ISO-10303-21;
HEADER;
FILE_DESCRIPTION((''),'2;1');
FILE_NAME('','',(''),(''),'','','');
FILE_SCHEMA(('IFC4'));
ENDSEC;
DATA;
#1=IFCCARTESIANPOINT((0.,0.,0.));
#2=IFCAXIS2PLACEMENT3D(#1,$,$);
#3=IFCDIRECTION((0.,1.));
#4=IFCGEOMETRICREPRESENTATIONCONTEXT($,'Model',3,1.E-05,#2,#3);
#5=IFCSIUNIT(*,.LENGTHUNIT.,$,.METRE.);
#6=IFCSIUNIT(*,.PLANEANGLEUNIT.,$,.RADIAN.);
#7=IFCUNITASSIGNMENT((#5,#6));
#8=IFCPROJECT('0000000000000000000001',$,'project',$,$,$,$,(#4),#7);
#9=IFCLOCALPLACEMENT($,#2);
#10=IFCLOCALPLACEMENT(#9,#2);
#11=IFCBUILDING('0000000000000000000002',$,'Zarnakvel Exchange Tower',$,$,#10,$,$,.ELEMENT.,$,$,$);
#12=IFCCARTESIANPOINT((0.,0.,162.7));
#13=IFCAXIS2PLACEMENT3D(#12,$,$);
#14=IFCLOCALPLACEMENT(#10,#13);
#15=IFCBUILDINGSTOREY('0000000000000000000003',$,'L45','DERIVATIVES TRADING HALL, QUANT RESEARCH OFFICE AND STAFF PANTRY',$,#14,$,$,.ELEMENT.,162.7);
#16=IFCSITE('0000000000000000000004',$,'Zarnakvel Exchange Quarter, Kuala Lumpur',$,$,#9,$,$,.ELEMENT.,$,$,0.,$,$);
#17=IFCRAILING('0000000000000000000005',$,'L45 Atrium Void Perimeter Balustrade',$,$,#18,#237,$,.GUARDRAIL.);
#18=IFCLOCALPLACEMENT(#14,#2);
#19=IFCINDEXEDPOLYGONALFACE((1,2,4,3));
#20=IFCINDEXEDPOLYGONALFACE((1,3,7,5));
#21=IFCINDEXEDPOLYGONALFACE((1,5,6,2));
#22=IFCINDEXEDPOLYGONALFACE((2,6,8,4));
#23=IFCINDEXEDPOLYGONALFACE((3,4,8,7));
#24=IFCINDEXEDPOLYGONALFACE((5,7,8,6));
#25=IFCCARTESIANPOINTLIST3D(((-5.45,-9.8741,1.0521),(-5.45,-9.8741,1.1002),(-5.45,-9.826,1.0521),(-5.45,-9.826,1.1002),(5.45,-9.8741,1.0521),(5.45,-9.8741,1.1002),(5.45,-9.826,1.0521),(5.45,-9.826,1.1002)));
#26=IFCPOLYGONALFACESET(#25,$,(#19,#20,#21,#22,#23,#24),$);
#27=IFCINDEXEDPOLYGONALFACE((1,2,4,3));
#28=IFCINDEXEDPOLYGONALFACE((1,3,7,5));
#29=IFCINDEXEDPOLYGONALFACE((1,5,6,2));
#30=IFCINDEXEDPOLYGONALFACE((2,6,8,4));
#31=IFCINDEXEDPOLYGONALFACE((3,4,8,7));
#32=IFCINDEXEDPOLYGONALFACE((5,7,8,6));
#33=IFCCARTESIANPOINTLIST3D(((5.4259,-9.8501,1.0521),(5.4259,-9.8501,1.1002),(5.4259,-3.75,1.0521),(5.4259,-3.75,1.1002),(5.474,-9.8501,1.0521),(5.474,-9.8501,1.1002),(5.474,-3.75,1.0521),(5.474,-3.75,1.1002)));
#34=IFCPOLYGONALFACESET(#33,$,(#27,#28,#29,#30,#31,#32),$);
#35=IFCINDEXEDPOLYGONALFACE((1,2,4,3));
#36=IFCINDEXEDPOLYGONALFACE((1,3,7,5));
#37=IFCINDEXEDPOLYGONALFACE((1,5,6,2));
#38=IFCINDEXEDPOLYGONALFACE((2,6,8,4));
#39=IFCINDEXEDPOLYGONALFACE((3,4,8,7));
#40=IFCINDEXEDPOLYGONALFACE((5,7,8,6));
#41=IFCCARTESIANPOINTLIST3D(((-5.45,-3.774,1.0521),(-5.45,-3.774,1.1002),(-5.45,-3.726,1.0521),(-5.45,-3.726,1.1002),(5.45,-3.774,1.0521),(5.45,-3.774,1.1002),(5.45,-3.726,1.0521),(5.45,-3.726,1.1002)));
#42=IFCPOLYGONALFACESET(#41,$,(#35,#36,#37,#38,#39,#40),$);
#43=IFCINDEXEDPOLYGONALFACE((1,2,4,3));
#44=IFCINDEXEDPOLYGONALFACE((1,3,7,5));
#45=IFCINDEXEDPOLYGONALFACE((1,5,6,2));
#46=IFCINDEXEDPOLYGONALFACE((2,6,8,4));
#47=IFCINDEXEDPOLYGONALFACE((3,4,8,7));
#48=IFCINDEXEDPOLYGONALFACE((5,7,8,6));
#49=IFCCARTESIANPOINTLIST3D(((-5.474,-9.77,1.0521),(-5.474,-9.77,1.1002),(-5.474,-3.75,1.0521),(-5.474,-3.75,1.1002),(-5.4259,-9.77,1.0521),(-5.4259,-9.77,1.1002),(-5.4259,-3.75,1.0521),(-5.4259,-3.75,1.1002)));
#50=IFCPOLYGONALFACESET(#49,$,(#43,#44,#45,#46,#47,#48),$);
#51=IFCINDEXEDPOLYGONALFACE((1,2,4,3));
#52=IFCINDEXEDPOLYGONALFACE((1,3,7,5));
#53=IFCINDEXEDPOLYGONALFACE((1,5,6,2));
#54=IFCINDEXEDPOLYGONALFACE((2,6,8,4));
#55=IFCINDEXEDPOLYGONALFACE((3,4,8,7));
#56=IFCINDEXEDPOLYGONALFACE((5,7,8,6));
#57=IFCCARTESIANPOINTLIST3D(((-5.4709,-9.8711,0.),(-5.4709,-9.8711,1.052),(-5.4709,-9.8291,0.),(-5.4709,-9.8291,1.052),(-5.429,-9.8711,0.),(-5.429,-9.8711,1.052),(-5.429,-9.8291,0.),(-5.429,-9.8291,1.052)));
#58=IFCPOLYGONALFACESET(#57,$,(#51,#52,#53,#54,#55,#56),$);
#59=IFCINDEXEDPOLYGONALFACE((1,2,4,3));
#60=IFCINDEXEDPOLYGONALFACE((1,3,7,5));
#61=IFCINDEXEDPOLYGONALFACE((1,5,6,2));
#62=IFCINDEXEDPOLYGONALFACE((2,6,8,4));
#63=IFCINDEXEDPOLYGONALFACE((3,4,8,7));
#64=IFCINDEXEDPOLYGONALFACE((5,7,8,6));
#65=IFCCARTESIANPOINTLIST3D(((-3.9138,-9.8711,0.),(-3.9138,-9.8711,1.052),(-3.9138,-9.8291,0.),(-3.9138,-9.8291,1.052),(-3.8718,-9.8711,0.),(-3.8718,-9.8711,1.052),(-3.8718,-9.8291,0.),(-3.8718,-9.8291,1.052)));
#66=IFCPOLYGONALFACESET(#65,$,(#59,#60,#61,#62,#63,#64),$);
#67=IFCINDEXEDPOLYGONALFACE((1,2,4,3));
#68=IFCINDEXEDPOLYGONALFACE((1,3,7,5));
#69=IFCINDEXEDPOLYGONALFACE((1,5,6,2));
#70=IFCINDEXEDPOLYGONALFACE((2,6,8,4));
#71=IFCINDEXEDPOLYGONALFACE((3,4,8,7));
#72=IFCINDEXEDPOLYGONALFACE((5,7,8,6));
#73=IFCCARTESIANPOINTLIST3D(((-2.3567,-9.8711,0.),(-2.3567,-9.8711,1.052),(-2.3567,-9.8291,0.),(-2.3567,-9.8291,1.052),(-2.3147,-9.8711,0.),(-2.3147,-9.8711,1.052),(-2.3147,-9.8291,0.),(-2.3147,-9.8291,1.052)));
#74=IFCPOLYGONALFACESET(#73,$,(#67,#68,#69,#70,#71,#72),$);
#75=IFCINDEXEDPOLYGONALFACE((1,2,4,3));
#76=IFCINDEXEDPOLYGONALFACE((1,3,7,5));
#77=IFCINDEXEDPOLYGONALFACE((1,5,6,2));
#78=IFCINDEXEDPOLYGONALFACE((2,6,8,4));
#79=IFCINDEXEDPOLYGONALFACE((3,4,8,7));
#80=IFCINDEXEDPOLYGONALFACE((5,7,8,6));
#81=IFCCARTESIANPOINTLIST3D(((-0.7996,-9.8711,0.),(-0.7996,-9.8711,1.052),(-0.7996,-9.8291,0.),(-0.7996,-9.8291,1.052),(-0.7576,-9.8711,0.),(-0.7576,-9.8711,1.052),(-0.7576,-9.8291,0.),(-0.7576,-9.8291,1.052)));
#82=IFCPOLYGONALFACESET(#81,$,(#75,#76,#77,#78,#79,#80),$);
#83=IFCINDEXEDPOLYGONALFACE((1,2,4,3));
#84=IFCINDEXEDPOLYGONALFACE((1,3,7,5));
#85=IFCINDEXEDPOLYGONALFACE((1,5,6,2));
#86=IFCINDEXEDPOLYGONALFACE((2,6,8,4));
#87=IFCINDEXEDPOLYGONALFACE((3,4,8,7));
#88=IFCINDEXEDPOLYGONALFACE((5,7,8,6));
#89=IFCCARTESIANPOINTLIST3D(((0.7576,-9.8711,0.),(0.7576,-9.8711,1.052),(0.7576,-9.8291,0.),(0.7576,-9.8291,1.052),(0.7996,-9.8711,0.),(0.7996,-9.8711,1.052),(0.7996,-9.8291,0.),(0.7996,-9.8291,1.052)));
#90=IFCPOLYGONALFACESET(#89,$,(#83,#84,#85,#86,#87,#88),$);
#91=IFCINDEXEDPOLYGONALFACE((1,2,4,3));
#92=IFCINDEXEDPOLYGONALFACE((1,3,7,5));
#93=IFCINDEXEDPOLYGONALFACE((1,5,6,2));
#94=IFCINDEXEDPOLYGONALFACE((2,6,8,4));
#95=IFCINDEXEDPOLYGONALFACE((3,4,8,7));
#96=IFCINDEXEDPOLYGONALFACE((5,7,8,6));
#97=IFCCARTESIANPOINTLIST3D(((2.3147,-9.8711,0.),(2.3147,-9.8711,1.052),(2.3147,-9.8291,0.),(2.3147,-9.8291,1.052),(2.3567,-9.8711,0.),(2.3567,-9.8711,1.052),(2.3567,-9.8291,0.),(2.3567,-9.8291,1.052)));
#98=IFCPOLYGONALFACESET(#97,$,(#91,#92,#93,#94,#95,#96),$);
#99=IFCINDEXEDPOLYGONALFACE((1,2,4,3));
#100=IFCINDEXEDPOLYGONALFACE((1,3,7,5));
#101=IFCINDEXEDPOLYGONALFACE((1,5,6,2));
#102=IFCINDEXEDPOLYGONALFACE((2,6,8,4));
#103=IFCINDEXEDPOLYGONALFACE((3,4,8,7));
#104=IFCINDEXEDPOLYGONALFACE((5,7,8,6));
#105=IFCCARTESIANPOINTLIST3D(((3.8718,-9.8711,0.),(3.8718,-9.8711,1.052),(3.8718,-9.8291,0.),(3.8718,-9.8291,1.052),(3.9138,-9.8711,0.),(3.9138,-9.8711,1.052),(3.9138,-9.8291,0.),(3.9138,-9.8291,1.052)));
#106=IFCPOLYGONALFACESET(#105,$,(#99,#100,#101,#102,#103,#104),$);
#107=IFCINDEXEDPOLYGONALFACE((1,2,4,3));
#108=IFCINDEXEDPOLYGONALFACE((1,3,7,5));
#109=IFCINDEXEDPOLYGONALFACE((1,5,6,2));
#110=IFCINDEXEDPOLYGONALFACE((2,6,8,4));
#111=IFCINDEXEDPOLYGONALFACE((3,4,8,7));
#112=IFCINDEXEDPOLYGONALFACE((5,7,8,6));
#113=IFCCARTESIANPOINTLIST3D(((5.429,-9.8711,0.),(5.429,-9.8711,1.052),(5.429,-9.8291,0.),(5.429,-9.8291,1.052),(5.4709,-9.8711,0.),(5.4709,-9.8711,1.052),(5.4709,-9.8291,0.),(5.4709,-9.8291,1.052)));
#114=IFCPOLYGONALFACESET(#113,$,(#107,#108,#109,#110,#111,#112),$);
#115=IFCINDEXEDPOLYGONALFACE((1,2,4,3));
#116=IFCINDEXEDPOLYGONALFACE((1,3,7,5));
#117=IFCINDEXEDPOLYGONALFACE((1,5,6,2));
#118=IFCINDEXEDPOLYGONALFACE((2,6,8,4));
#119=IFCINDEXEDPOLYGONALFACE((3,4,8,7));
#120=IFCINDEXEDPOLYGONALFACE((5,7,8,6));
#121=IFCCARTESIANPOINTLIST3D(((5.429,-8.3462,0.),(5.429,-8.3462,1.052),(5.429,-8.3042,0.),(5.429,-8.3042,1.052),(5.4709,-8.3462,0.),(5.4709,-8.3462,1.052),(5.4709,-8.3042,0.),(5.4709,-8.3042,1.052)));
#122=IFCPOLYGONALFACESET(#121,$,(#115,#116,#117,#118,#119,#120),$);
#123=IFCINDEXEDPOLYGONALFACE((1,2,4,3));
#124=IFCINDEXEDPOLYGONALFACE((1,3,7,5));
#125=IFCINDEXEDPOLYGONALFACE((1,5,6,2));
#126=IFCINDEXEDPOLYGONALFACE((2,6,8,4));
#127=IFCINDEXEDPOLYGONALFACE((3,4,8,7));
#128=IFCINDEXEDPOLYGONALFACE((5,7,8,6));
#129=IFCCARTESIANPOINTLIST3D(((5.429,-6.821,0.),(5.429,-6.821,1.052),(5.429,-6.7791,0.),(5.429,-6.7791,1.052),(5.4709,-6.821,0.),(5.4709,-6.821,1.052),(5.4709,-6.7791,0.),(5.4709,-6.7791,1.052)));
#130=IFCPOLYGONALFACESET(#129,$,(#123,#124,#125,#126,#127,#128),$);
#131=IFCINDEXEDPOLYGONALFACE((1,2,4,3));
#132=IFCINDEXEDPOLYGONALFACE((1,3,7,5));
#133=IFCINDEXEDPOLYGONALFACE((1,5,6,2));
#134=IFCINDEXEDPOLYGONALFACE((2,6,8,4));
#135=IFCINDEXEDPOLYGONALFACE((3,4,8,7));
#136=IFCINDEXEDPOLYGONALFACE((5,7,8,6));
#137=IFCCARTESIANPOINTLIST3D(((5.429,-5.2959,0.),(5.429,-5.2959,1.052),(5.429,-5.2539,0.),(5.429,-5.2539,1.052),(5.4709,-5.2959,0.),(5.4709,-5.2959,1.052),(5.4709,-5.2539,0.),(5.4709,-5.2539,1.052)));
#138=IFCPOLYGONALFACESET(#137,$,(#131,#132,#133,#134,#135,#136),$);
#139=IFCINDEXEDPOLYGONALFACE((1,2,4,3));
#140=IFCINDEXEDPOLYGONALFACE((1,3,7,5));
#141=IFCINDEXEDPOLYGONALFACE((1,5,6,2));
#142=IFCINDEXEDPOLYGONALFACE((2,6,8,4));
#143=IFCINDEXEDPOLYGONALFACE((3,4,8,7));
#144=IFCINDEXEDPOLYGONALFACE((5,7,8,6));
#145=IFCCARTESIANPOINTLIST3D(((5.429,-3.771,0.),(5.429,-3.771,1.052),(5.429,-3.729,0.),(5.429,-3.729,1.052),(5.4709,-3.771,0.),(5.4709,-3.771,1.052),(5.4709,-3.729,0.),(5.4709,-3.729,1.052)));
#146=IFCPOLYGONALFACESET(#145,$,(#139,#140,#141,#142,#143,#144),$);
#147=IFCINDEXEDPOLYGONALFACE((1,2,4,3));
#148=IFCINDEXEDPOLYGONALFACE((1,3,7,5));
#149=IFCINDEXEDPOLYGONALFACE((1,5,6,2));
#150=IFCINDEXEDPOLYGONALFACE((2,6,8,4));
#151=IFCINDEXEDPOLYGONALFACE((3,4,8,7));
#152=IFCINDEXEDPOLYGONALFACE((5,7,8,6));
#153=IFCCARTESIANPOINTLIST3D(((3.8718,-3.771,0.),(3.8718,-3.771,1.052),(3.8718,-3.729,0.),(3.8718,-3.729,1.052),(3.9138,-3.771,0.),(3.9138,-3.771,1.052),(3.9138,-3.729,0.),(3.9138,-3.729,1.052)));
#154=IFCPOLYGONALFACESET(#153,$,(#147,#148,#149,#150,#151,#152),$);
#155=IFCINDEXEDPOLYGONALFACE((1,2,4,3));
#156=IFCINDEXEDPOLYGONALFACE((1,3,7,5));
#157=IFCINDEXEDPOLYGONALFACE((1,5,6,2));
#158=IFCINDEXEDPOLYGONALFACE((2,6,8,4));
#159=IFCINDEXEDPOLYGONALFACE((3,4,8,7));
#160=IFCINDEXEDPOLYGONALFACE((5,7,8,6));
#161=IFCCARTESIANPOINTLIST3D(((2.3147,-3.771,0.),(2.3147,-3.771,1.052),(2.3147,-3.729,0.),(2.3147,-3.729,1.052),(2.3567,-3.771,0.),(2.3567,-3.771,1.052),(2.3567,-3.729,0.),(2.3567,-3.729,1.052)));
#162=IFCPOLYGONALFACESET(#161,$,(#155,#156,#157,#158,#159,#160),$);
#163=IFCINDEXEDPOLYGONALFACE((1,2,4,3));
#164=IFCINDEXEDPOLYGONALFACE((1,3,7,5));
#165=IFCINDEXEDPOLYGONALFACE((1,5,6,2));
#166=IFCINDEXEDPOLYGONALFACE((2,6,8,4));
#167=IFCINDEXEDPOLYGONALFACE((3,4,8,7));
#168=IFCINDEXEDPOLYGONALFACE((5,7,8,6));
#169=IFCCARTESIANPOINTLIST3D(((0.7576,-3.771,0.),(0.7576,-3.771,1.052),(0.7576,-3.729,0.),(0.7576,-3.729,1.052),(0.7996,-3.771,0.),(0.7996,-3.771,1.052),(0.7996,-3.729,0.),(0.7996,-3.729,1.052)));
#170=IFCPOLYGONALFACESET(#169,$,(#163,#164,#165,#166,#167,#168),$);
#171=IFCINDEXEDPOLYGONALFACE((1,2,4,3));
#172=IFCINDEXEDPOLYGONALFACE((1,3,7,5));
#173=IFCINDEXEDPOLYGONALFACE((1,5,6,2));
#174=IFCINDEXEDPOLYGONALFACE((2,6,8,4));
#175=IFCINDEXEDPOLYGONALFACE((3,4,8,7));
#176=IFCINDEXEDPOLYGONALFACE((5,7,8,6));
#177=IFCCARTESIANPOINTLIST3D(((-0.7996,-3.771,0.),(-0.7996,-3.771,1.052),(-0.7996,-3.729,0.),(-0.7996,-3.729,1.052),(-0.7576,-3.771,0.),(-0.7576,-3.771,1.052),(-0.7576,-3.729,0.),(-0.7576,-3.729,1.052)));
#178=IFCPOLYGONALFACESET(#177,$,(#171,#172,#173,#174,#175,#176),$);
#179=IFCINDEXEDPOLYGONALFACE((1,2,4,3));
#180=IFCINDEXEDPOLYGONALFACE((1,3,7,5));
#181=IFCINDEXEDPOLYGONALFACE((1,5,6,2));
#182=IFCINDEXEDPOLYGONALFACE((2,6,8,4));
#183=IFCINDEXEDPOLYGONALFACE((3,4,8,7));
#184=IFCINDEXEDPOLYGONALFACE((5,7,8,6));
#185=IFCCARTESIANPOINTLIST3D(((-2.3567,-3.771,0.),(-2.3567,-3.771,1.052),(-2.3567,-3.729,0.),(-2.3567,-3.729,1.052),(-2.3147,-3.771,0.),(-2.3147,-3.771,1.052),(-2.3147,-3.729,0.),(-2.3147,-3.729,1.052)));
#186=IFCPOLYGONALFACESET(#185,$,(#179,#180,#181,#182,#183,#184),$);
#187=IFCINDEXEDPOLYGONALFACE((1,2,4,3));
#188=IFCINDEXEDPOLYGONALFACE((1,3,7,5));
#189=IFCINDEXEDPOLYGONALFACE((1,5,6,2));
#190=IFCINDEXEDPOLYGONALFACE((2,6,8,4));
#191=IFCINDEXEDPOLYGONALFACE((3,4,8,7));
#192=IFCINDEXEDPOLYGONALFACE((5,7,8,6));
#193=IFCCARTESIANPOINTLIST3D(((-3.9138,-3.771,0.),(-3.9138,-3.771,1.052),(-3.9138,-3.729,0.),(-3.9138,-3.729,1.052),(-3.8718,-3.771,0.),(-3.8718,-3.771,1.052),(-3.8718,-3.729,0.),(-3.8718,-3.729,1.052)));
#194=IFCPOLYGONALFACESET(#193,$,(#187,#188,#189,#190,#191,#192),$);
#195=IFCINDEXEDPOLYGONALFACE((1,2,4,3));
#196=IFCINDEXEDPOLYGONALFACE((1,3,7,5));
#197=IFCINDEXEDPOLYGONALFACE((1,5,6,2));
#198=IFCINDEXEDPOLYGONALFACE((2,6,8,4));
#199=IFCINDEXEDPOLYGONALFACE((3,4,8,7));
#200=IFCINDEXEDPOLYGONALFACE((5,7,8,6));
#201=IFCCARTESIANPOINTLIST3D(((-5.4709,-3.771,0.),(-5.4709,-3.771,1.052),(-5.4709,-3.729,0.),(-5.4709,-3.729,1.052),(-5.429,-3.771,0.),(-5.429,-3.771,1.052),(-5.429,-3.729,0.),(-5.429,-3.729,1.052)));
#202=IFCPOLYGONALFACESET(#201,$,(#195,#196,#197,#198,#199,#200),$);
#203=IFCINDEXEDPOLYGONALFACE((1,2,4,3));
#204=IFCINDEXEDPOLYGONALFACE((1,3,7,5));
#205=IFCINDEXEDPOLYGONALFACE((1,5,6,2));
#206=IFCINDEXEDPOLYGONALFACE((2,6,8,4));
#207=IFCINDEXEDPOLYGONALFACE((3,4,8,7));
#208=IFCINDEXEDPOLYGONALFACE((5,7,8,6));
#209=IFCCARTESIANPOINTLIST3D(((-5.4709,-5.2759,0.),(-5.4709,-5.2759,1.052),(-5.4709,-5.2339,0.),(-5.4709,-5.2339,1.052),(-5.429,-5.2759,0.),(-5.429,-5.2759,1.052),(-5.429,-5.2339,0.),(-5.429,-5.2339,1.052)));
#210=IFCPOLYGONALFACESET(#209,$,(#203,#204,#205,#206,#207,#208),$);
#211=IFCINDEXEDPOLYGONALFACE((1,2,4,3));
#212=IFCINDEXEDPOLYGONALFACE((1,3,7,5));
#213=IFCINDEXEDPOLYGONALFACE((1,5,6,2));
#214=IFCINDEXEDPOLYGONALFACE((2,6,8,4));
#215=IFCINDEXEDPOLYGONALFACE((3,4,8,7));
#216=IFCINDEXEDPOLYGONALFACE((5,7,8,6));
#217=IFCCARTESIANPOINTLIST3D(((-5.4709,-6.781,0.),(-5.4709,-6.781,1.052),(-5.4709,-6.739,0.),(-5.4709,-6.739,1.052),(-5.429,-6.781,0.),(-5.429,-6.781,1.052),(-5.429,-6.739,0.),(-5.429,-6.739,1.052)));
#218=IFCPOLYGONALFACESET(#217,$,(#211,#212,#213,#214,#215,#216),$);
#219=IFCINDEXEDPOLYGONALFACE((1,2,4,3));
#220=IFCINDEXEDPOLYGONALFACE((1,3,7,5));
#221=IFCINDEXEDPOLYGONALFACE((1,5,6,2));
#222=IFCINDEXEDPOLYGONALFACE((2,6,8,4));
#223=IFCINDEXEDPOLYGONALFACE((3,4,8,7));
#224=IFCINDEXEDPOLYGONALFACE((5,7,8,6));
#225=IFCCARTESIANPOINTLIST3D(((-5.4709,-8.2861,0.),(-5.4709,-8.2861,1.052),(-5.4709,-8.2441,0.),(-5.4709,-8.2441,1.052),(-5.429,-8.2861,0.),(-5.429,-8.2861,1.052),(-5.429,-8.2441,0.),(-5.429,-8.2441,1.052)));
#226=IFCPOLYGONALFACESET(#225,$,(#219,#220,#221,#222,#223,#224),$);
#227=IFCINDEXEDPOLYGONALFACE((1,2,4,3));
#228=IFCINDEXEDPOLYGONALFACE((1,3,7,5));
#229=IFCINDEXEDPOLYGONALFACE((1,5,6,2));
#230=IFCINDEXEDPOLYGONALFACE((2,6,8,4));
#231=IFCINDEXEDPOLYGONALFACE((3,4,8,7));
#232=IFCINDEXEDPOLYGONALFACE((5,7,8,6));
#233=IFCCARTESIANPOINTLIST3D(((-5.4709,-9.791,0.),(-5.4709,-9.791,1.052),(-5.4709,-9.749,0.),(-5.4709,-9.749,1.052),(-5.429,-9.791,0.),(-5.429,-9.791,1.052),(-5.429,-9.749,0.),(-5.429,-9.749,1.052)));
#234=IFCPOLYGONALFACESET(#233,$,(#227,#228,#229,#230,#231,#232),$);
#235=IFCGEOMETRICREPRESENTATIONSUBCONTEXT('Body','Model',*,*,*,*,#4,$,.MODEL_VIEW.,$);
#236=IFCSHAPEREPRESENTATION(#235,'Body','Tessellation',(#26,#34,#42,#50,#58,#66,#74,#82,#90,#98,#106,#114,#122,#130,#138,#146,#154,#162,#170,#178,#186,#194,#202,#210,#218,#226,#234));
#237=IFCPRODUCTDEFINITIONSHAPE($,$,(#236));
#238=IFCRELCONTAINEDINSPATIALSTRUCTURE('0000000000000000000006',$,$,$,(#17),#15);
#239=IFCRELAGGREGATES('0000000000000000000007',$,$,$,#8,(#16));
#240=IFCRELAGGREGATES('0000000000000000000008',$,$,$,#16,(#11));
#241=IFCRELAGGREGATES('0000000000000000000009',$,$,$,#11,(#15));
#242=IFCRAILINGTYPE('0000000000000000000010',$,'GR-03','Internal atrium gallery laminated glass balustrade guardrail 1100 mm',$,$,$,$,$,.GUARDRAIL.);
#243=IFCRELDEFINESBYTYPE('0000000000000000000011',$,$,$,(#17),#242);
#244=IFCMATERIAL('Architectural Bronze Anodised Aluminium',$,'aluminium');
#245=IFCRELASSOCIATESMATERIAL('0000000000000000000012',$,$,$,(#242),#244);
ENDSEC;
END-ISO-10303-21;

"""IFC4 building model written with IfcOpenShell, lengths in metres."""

from ifc_helpers import new_model, si_unit, direction, frame, origin, origin_2d, place, context, subcontext, project, spatial, rectangle, extrude, material, type_object, element, save


model = new_model("IFC4")

# Units and contexts
model_context = context("Model", 3, precision=1e-05, world=origin(), true_north=direction((0.0, 1.0)))
body_context = subcontext(model_context, "Body", "Model", "MODEL_VIEW")
ifc_project = project(units=[si_unit("LENGTHUNIT", "METRE"), si_unit("PLANEANGLEUNIT", "RADIAN")], contexts=[model_context])

# Site, building, storey
site_placement = place(None, origin())
site = spatial("IfcSite", under=ifc_project, at=site_placement, Name="Zarnakvel Exchange Quarter, Kuala Lumpur", CompositionType="ELEMENT", RefElevation=0.0)
building_placement = place(site_placement, origin())
building = spatial("IfcBuilding", under=site, at=building_placement, Name="Zarnakvel Exchange Tower", CompositionType="ELEMENT")
storey_placement = place(building_placement, frame((0.0, 0.0, 162.7)))
storey = spatial("IfcBuildingStorey", under=building, at=storey_placement, Name="L45", Description="DERIVATIVES TRADING HALL, QUANT RESEARCH OFFICE AND STAFF PANTRY", CompositionType="ELEMENT", Elevation=162.7)

# Railing
ifc_material_1 = material(Name="Architectural Bronze Anodised Aluminium", Category="aluminium")
railing_type_1 = type_object("IfcRailingType", Name="GR-03", Description="Internal atrium gallery laminated glass balustrade guardrail 1100 mm", PredefinedType="GUARDRAIL", material=ifc_material_1)
railing_1_placement = place(storey_placement, frame((-5.45, -9.8501, 0.0)))
element("IfcRailing", 1, at=railing_1_placement, inside=storey, type_object=railing_type_1, Name="L45 Atrium Void Perimeter Balustrade", PredefinedType="GUARDRAIL", context=body_context, shape_type="SweptSolid", body=[
    extrude(rectangle(XDim=0.0481, YDim=0.0481, at=origin_2d()), frame((0.0, 0.0, 1.0762), z_axis=(1.0, 0.0, 0.0), x_axis=(0.0, 1.0, 0.0)), (0.0, 0.0, 1.0), 10.8999),
    extrude(rectangle(XDim=0.0481, YDim=0.0481, at=origin_2d()), frame((10.8999, 0.0, 1.0762), z_axis=(0.0, 1.0, 0.0), x_axis=(-1.0, 0.0, 0.0)), (0.0, 0.0, 1.0), 6.1001),
    extrude(rectangle(XDim=0.0481, YDim=0.0481, at=origin_2d()), frame((10.8999, 6.1001, 1.0762), z_axis=(-1.0, 0.0, 0.0), x_axis=(0.0, -1.0, 0.0)), (0.0, 0.0, 1.0), 10.8999),
    extrude(rectangle(XDim=0.0481, YDim=0.0481, at=origin_2d()), frame((0.0, 6.1001, 1.0762), z_axis=(0.0, -1.0, 0.0), x_axis=(1.0, 0.0, 0.0)), (0.0, 0.0, 1.0), 6.02),
    extrude(rectangle(XDim=0.042, YDim=0.042, at=origin_2d()), origin(), (0.0, 0.0, 1.0), 1.052),
    extrude(rectangle(XDim=0.042, YDim=0.042, at=origin_2d()), frame((1.5571, 0.0, 0.0)), (0.0, 0.0, 1.0), 1.052),
    extrude(rectangle(XDim=0.042, YDim=0.042, at=origin_2d()), frame((3.1143, 0.0, 0.0)), (0.0, 0.0, 1.0), 1.052),
    extrude(rectangle(XDim=0.042, YDim=0.042, at=origin_2d()), frame((4.6714, 0.0, 0.0)), (0.0, 0.0, 1.0), 1.052),
    extrude(rectangle(XDim=0.042, YDim=0.042, at=origin_2d()), frame((6.2285, 0.0, 0.0)), (0.0, 0.0, 1.0), 1.052),
    extrude(rectangle(XDim=0.042, YDim=0.042, at=origin_2d()), frame((7.7856, 0.0, 0.0)), (0.0, 0.0, 1.0), 1.052),
    extrude(rectangle(XDim=0.042, YDim=0.042, at=origin_2d()), frame((9.3428, 0.0, 0.0)), (0.0, 0.0, 1.0), 1.052),
    extrude(rectangle(XDim=0.042, YDim=0.042, at=origin_2d()), frame((10.8999, 0.0, 0.0)), (0.0, 0.0, 1.0), 1.052),
    extrude(rectangle(XDim=0.042, YDim=0.042, at=origin_2d()), frame((10.8999, 1.5249, 0.0)), (0.0, 0.0, 1.0), 1.052),
    extrude(rectangle(XDim=0.042, YDim=0.042, at=origin_2d()), frame((10.8999, 3.05, 0.0)), (0.0, 0.0, 1.0), 1.052),
    extrude(rectangle(XDim=0.042, YDim=0.042, at=origin_2d()), frame((10.8999, 4.5752, 0.0)), (0.0, 0.0, 1.0), 1.052),
    extrude(rectangle(XDim=0.042, YDim=0.042, at=origin_2d()), frame((10.8999, 6.1001, 0.0)), (0.0, 0.0, 1.0), 1.052),
    extrude(rectangle(XDim=0.042, YDim=0.042, at=origin_2d()), frame((9.3428, 6.1001, 0.0)), (0.0, 0.0, 1.0), 1.052),
    extrude(rectangle(XDim=0.042, YDim=0.042, at=origin_2d()), frame((7.7856, 6.1001, 0.0)), (0.0, 0.0, 1.0), 1.052),
    extrude(rectangle(XDim=0.042, YDim=0.042, at=origin_2d()), frame((6.2285, 6.1001, 0.0)), (0.0, 0.0, 1.0), 1.052),
    extrude(rectangle(XDim=0.042, YDim=0.042, at=origin_2d()), frame((4.6714, 6.1001, 0.0)), (0.0, 0.0, 1.0), 1.052),
    extrude(rectangle(XDim=0.042, YDim=0.042, at=origin_2d()), frame((3.1143, 6.1001, 0.0)), (0.0, 0.0, 1.0), 1.052),
    extrude(rectangle(XDim=0.042, YDim=0.042, at=origin_2d()), frame((1.5571, 6.1001, 0.0)), (0.0, 0.0, 1.0), 1.052),
    extrude(rectangle(XDim=0.042, YDim=0.042, at=origin_2d()), frame((0.0, 6.1001, 0.0)), (0.0, 0.0, 1.0), 1.052),
    extrude(rectangle(XDim=0.042, YDim=0.042, at=origin_2d()), frame((0.0, 4.5952, 0.0)), (0.0, 0.0, 1.0), 1.052),
    extrude(rectangle(XDim=0.042, YDim=0.042, at=origin_2d()), frame((0.0, 3.0901, 0.0)), (0.0, 0.0, 1.0), 1.052),
    extrude(rectangle(XDim=0.042, YDim=0.042, at=origin_2d()), frame((0.0, 1.585, 0.0)), (0.0, 0.0, 1.0), 1.052),
    extrude(rectangle(XDim=0.042, YDim=0.042, at=origin_2d()), frame((0.0, 0.0801, 0.0)), (0.0, 0.0, 1.0), 1.052),
])

save(model, "model.ifc")
